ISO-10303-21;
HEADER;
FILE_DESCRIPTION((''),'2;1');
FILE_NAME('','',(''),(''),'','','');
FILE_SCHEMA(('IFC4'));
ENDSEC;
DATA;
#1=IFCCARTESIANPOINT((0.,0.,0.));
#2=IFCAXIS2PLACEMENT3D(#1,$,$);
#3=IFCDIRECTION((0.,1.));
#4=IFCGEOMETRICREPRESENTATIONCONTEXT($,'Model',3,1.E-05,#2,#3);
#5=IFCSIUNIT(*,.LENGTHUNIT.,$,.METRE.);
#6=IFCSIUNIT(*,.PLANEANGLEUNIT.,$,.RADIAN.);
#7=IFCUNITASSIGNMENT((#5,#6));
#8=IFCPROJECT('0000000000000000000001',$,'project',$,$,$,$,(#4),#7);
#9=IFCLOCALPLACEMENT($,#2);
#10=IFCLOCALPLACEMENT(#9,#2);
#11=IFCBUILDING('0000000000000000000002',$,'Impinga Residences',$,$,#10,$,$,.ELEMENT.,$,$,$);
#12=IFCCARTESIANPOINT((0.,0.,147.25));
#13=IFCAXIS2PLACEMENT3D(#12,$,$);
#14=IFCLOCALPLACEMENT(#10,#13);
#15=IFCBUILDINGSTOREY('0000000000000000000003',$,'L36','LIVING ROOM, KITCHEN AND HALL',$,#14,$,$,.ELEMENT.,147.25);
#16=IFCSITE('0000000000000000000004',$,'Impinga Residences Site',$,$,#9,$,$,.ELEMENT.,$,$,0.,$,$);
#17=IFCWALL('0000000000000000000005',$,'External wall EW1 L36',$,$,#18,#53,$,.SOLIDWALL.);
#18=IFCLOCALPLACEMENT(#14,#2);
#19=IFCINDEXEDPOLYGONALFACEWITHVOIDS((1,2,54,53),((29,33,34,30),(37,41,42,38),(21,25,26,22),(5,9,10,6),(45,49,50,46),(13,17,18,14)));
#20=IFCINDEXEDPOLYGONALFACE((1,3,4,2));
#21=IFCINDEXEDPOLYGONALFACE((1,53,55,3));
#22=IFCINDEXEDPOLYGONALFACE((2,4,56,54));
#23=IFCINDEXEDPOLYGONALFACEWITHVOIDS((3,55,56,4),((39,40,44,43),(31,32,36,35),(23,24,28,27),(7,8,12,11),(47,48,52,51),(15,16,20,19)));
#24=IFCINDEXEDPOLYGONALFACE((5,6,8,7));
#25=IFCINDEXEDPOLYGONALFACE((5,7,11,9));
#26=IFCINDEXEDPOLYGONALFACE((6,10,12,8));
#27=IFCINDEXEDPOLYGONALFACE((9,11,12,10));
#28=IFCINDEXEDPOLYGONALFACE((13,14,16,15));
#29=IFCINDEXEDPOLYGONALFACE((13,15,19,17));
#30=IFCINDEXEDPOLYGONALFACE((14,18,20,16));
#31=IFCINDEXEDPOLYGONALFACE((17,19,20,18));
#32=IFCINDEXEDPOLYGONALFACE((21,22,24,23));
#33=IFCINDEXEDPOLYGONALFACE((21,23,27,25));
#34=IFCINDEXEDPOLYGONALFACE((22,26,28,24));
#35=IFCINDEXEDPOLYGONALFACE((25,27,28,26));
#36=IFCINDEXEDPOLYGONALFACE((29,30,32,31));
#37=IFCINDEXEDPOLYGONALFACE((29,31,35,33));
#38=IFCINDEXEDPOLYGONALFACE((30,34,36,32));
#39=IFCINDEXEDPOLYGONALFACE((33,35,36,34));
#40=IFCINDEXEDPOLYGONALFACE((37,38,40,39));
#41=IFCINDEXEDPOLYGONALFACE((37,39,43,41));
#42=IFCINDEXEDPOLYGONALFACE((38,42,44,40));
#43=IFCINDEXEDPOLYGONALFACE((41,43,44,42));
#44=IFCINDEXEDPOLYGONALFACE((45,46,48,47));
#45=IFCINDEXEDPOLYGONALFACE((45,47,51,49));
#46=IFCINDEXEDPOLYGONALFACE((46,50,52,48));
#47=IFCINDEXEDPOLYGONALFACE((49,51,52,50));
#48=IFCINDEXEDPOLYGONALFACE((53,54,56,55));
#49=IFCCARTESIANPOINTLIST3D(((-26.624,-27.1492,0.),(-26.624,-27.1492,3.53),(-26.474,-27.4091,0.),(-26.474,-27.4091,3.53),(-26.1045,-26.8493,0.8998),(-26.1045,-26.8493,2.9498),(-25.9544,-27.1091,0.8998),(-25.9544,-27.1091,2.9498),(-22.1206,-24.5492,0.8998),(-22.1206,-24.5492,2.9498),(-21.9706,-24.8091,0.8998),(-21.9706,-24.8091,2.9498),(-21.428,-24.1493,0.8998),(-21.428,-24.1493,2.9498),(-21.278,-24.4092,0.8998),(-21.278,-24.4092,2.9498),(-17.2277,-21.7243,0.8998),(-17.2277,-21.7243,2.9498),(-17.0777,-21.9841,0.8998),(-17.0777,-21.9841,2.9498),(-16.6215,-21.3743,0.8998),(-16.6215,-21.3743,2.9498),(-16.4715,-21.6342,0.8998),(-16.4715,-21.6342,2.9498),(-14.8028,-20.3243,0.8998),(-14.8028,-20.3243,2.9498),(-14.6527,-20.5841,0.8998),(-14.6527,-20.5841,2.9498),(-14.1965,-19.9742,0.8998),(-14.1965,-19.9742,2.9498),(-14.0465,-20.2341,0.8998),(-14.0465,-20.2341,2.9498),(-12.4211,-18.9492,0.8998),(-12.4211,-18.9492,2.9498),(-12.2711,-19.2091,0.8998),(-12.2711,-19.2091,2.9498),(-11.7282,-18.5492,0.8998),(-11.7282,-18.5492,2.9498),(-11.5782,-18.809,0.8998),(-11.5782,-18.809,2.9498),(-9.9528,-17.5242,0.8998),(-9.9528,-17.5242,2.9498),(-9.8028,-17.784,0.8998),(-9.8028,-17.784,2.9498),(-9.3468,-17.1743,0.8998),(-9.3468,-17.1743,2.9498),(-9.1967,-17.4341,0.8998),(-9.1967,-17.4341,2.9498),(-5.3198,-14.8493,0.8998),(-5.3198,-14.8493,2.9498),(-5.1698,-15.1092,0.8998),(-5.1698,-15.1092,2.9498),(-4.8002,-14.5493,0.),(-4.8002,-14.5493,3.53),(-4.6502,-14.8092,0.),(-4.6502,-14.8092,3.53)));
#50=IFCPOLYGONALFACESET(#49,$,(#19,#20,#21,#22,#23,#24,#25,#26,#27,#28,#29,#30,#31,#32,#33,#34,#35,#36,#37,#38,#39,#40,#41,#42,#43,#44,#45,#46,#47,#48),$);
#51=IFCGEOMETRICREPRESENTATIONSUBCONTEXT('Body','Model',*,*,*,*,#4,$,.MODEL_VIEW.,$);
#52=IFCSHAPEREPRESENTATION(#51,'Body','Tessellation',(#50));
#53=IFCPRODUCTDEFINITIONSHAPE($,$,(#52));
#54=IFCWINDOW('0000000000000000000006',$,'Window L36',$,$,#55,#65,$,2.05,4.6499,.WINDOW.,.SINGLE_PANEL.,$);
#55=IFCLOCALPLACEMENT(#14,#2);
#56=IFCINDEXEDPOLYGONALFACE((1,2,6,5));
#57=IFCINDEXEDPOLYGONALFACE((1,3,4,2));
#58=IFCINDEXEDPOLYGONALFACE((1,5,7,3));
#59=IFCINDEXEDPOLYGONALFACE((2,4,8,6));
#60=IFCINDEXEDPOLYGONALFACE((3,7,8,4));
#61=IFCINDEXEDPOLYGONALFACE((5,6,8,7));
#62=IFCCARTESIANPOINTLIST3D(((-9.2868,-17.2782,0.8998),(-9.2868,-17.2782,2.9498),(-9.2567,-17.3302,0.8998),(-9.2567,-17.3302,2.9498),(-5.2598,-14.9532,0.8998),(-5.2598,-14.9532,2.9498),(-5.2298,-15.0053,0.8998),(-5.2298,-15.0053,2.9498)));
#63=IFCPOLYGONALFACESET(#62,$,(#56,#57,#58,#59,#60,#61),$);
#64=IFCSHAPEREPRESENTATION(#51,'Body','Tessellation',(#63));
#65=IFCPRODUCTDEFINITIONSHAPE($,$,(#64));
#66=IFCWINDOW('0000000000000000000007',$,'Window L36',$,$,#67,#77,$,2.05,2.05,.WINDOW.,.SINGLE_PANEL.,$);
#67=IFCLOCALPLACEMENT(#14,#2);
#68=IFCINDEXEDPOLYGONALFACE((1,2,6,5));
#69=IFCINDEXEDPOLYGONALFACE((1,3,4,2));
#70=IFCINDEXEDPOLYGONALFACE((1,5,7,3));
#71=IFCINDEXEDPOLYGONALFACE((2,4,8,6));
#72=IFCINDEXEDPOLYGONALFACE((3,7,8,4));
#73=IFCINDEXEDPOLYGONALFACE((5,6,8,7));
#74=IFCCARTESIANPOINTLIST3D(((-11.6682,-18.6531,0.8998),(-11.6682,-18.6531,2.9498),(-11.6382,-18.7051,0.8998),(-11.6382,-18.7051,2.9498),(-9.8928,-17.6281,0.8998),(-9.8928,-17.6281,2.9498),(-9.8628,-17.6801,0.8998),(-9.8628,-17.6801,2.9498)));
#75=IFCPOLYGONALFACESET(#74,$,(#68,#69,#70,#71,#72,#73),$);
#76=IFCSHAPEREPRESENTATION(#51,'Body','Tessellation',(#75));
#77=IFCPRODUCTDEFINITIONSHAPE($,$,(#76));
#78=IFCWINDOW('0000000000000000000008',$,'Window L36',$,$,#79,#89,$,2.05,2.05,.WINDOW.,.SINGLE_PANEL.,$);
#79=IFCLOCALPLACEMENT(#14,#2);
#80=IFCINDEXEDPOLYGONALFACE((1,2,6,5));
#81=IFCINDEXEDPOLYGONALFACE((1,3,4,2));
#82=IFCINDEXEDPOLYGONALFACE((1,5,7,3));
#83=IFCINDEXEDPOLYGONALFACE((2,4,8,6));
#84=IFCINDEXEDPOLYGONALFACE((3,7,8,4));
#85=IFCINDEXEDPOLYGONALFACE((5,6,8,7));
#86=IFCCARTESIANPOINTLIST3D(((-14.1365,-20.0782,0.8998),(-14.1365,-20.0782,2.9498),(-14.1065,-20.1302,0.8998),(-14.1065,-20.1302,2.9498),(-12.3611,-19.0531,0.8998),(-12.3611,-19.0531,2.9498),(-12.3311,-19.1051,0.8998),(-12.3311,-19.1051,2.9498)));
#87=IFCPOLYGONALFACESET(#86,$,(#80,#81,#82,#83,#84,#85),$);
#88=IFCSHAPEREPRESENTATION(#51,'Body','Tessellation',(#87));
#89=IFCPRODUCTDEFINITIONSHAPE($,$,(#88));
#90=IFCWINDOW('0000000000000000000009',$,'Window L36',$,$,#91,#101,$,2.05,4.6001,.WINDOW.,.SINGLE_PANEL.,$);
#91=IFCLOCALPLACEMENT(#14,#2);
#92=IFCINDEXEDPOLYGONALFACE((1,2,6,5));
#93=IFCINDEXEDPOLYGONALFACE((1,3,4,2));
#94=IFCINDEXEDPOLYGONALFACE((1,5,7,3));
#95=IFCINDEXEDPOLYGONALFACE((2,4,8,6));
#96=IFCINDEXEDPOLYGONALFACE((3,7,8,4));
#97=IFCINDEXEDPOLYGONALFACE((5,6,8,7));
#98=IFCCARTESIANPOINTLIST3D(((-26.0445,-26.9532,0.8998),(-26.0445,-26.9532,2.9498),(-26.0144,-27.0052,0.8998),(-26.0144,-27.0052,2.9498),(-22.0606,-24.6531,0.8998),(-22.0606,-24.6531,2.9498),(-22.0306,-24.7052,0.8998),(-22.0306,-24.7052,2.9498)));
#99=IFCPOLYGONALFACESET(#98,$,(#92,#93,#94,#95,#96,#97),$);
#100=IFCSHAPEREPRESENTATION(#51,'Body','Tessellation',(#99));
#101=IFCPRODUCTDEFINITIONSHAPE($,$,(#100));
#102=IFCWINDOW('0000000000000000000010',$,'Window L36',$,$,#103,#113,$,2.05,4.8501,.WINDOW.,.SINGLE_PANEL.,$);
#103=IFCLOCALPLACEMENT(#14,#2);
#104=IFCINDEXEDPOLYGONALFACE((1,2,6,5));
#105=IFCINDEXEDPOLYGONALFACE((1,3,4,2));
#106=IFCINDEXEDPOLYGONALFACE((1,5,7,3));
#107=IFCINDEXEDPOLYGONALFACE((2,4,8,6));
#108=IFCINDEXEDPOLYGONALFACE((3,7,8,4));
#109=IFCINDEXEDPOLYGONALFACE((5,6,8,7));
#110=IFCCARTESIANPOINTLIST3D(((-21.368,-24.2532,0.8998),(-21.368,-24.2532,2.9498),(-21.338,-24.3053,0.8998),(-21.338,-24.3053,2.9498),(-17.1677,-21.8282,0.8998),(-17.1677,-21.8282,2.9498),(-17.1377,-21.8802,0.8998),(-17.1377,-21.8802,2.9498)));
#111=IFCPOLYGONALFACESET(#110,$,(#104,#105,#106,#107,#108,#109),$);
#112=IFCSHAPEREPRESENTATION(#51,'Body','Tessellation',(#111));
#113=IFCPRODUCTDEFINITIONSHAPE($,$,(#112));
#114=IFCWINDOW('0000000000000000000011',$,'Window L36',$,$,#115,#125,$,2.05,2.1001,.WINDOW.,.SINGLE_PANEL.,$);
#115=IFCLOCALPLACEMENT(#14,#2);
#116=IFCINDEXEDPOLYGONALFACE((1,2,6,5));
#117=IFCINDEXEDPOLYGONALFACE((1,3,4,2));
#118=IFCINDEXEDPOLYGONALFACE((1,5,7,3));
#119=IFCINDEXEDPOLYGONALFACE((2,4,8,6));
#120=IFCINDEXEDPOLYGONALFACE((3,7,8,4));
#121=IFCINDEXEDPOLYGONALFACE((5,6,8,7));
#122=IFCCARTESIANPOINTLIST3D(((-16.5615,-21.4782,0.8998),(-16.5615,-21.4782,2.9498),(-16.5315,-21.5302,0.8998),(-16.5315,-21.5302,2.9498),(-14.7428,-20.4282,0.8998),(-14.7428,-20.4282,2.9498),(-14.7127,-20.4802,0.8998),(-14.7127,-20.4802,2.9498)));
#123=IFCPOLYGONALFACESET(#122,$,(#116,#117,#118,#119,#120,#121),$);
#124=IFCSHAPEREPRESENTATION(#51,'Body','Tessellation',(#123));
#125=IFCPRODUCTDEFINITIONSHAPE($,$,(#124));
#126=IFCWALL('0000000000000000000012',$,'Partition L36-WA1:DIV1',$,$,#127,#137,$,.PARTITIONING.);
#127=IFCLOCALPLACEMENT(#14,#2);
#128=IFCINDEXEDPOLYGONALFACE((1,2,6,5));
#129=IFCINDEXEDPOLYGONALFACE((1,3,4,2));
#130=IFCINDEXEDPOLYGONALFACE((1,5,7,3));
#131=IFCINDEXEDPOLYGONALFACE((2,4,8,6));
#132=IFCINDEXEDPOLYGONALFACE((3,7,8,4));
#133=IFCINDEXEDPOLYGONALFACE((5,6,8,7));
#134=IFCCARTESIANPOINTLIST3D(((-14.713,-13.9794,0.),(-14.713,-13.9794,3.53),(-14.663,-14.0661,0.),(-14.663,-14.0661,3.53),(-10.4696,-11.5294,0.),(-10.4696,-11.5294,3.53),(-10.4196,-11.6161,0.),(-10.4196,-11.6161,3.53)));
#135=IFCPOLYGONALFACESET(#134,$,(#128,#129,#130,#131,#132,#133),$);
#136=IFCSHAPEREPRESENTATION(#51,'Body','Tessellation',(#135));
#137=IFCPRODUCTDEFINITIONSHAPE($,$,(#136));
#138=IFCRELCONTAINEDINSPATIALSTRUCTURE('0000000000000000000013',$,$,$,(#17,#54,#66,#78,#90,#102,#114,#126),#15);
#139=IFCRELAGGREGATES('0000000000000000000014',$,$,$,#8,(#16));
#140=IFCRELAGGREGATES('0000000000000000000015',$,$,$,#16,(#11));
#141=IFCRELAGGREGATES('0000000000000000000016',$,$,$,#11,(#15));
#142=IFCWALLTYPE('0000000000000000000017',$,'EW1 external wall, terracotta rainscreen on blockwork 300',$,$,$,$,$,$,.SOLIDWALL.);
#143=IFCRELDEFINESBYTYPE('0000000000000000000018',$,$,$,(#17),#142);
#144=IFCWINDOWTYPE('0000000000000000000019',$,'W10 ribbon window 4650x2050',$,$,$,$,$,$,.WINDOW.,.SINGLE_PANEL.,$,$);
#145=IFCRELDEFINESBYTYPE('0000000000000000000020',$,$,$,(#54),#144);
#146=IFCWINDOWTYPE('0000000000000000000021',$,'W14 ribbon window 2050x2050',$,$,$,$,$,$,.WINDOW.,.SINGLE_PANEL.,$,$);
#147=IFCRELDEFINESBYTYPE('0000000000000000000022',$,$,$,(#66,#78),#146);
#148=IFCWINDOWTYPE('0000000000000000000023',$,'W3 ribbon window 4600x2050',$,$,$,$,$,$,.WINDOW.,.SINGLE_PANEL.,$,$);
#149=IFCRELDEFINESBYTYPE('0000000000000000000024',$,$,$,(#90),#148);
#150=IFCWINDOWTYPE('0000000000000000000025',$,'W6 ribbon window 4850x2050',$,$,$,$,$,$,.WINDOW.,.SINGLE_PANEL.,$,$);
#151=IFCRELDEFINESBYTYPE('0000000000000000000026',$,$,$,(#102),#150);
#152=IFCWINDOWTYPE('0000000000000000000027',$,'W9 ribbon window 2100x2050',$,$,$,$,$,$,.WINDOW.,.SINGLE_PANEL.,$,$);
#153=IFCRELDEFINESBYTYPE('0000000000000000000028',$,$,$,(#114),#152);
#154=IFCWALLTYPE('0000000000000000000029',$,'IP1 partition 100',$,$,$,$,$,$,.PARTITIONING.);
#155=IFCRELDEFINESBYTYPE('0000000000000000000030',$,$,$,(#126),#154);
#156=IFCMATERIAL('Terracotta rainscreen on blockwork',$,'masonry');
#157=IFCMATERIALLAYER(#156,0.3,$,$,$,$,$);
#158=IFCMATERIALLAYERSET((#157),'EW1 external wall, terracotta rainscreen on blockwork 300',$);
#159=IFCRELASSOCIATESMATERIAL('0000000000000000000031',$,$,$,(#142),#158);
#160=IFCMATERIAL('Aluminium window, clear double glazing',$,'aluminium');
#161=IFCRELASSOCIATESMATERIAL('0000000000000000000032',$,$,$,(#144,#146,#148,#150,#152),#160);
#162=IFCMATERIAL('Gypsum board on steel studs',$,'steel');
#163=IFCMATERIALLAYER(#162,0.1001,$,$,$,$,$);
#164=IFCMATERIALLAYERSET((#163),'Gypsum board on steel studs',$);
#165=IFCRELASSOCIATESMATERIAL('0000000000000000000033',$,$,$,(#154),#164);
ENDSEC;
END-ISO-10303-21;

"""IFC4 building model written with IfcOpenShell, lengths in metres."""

from ifc_helpers import new_model, si_unit, direction, frame, frame_2d, origin, place, context, subcontext, project, spatial, rectangle, extrude, material, layer, layer_set, type_object, element, fill, save


model = new_model("IFC4")

# Units and contexts
model_context = context("Model", 3, precision=1e-05, world=origin(), true_north=direction((0.0, 1.0)))
body_context = subcontext(model_context, "Body", "Model", "MODEL_VIEW")
ifc_project = project(units=[si_unit("LENGTHUNIT", "METRE"), si_unit("PLANEANGLEUNIT", "RADIAN")], contexts=[model_context])

# Site, building, storey
site_placement = place(None, origin())
site = spatial("IfcSite", under=ifc_project, at=site_placement, Name="Impinga Residences Site", CompositionType="ELEMENT", RefElevation=0.0)
building_placement = place(site_placement, origin())
building = spatial("IfcBuilding", under=site, at=building_placement, Name="Impinga Residences", CompositionType="ELEMENT")
storey_placement = place(building_placement, frame((0.0, 0.0, 147.25)))
storey = spatial("IfcBuildingStorey", under=building, at=storey_placement, Name="L36", Description="LIVING ROOM, KITCHEN AND HALL", CompositionType="ELEMENT", Elevation=147.25)

# Shared definitions
ifc_material_1 = material(Name="Terracotta rainscreen on blockwork", Category="masonry")
ifc_layer_1 = layer(ifc_material_1, 0.3)
ifc_layer_set_1 = layer_set([ifc_layer_1], Name="EW1 external wall, terracotta rainscreen on blockwork 300")
wall_type_1 = type_object("IfcWallType", Name="EW1 external wall, terracotta rainscreen on blockwork 300", PredefinedType="SOLIDWALL", material=ifc_layer_set_1)

# Wall, openings, windows
wall_1_placement = place(storey_placement, frame((-4.7251, -14.6792, 0.0), z_axis=(0.0, 0.0, 1.0), x_axis=(-0.866027, -0.499998, 0.0)))
wall_1 = element("IfcWall", 1, at=wall_1_placement, inside=storey, type_object=wall_type_1, Name="External wall EW1 L36", PredefinedType="SOLIDWALL", context=body_context, shape_type="SweptSolid", body=[
    extrude(rectangle(XDim=25.2, YDim=0.3, at=frame_2d((12.6001, 0.0))), origin(), (0.0, 0.0, 1.0), 3.53),
])
opening_1_placement = place(wall_1_placement, frame((0.6001, 0.0, 0.8999)))
opening_1 = element("IfcOpeningElement", 2, at=opening_1_placement, cuts=wall_1, PredefinedType="OPENING", context=body_context, shape_type="SweptSolid", body=[
    extrude(rectangle(XDim=4.6499, YDim=2.05, at=frame_2d((2.325, 1.0249))), frame((0.0, 0.1599, 0.0), z_axis=(0.0, -1.0, 0.0), x_axis=(1.0, 0.0, 0.0)), (0.0, 0.0, 1.0), 0.3201),
])
opening_2_placement = place(wall_1_placement, frame((5.95, 0.0, 0.8999)))
opening_2 = element("IfcOpeningElement", 3, at=opening_2_placement, cuts=wall_1, PredefinedType="OPENING", context=body_context, shape_type="SweptSolid", body=[
    extrude(rectangle(XDim=2.05, YDim=2.05, at=frame_2d((1.0249, 1.0249))), frame((0.0, 0.1599, 0.0), z_axis=(0.0, -1.0, 0.0), x_axis=(1.0, 0.0, 0.0)), (0.0, 0.0, 1.0), 0.3201),
])
opening_3_placement = place(wall_1_placement, frame((8.8, 0.0, 0.8999)))
opening_3 = element("IfcOpeningElement", 4, at=opening_3_placement, cuts=wall_1, PredefinedType="OPENING", context=body_context, shape_type="SweptSolid", body=[
    extrude(rectangle(XDim=2.05, YDim=2.05, at=frame_2d((1.0249, 1.0249))), frame((0.0, 0.1599, 0.0), z_axis=(0.0, -1.0, 0.0), x_axis=(1.0, 0.0, 0.0)), (0.0, 0.0, 1.0), 0.3201),
])
opening_4_placement = place(wall_1_placement, frame((11.55, 0.0, 0.8999)))
opening_4 = element("IfcOpeningElement", 5, at=opening_4_placement, cuts=wall_1, PredefinedType="OPENING", context=body_context, shape_type="SweptSolid", body=[
    extrude(rectangle(XDim=2.1001, YDim=2.05, at=frame_2d((1.05, 1.0249))), frame((0.0, 0.1599, 0.0), z_axis=(0.0, -1.0, 0.0), x_axis=(1.0, 0.0, 0.0)), (0.0, 0.0, 1.0), 0.3201),
])
opening_5_placement = place(wall_1_placement, frame((14.3501, 0.0, 0.8999)))
opening_5 = element("IfcOpeningElement", 6, at=opening_5_placement, cuts=wall_1, PredefinedType="OPENING", context=body_context, shape_type="SweptSolid", body=[
    extrude(rectangle(XDim=4.8501, YDim=2.05, at=frame_2d((2.425, 1.0249))), frame((0.0, 0.1599, 0.0), z_axis=(0.0, -1.0, 0.0), x_axis=(1.0, 0.0, 0.0)), (0.0, 0.0, 1.0), 0.3201),
])
opening_6_placement = place(wall_1_placement, frame((20.0, 0.0, 0.8999)))
opening_6 = element("IfcOpeningElement", 7, at=opening_6_placement, cuts=wall_1, PredefinedType="OPENING", context=body_context, shape_type="SweptSolid", body=[
    extrude(rectangle(XDim=4.6001, YDim=2.05, at=frame_2d((2.3, 1.0249))), frame((0.0, 0.1599, 0.0), z_axis=(0.0, -1.0, 0.0), x_axis=(1.0, 0.0, 0.0)), (0.0, 0.0, 1.0), 0.3201),
])
ifc_material_2 = material(Name="Aluminium window, clear double glazing", Category="aluminium")
window_type_1 = type_object("IfcWindowType", Name="W10 ribbon window 4650x2050", PartitioningType="SINGLE_PANEL", PredefinedType="WINDOW", material=ifc_material_2)
window_1_placement = place(opening_1_placement, origin())
window_1 = element("IfcWindow", 8, at=window_1_placement, inside=storey, type_object=window_type_1, Name="Window L36", OverallHeight=2.05, OverallWidth=4.6499, PartitioningType="SINGLE_PANEL", PredefinedType="WINDOW", context=body_context, shape_type="SweptSolid", body=[
    extrude(rectangle(XDim=4.6499, YDim=2.05, at=frame_2d((2.325, 1.0249))), frame((0.0, 0.03, 0.0), z_axis=(0.0, -1.0, 0.0), x_axis=(1.0, 0.0, 0.0)), (0.0, 0.0, 1.0), 0.0601),
])
fill(opening_1, window_1)
window_type_2 = type_object("IfcWindowType", Name="W14 ribbon window 2050x2050", PartitioningType="SINGLE_PANEL", PredefinedType="WINDOW", material=ifc_material_2)
window_2_placement = place(opening_2_placement, origin())
window_2 = element("IfcWindow", 9, at=window_2_placement, inside=storey, type_object=window_type_2, Name="Window L36", OverallHeight=2.05, OverallWidth=2.05, PartitioningType="SINGLE_PANEL", PredefinedType="WINDOW", context=body_context, shape_type="SweptSolid", body=[
    extrude(rectangle(XDim=2.05, YDim=2.05, at=frame_2d((1.0249, 1.0249))), frame((0.0, 0.03, 0.0), z_axis=(0.0, -1.0, 0.0), x_axis=(1.0, 0.0, 0.0)), (0.0, 0.0, 1.0), 0.0601),
])
fill(opening_2, window_2)
window_3_placement = place(opening_3_placement, origin())
window_3 = element("IfcWindow", 10, at=window_3_placement, inside=storey, type_object=window_type_2, Name="Window L36", OverallHeight=2.05, OverallWidth=2.05, PartitioningType="SINGLE_PANEL", PredefinedType="WINDOW", context=body_context, shape_type="SweptSolid", body=[
    extrude(rectangle(XDim=2.05, YDim=2.05, at=frame_2d((1.0249, 1.0249))), frame((0.0, 0.03, 0.0), z_axis=(0.0, -1.0, 0.0), x_axis=(1.0, 0.0, 0.0)), (0.0, 0.0, 1.0), 0.0601),
])
fill(opening_3, window_3)
window_type_3 = type_object("IfcWindowType", Name="W3 ribbon window 4600x2050", PartitioningType="SINGLE_PANEL", PredefinedType="WINDOW", material=ifc_material_2)
window_4_placement = place(opening_6_placement, origin())
window_4 = element("IfcWindow", 11, at=window_4_placement, inside=storey, type_object=window_type_3, Name="Window L36", OverallHeight=2.05, OverallWidth=4.6001, PartitioningType="SINGLE_PANEL", PredefinedType="WINDOW", context=body_context, shape_type="SweptSolid", body=[
    extrude(rectangle(XDim=4.6001, YDim=2.05, at=frame_2d((2.3, 1.0249))), frame((0.0, 0.03, 0.0), z_axis=(0.0, -1.0, 0.0), x_axis=(1.0, 0.0, 0.0)), (0.0, 0.0, 1.0), 0.0601),
])
fill(opening_6, window_4)
window_type_4 = type_object("IfcWindowType", Name="W6 ribbon window 4850x2050", PartitioningType="SINGLE_PANEL", PredefinedType="WINDOW", material=ifc_material_2)
window_5_placement = place(opening_5_placement, origin())
window_5 = element("IfcWindow", 12, at=window_5_placement, inside=storey, type_object=window_type_4, Name="Window L36", OverallHeight=2.05, OverallWidth=4.8501, PartitioningType="SINGLE_PANEL", PredefinedType="WINDOW", context=body_context, shape_type="SweptSolid", body=[
    extrude(rectangle(XDim=4.8501, YDim=2.05, at=frame_2d((2.425, 1.0249))), frame((0.0, 0.03, 0.0), z_axis=(0.0, -1.0, 0.0), x_axis=(1.0, 0.0, 0.0)), (0.0, 0.0, 1.0), 0.0601),
])
fill(opening_5, window_5)
window_type_5 = type_object("IfcWindowType", Name="W9 ribbon window 2100x2050", PartitioningType="SINGLE_PANEL", PredefinedType="WINDOW", material=ifc_material_2)
window_6_placement = place(opening_4_placement, origin())
window_6 = element("IfcWindow", 13, at=window_6_placement, inside=storey, type_object=window_type_5, Name="Window L36", OverallHeight=2.05, OverallWidth=2.1001, PartitioningType="SINGLE_PANEL", PredefinedType="WINDOW", context=body_context, shape_type="SweptSolid", body=[
    extrude(rectangle(XDim=2.1001, YDim=2.05, at=frame_2d((1.05, 1.0249))), frame((0.0, 0.03, 0.0), z_axis=(0.0, -1.0, 0.0), x_axis=(1.0, 0.0, 0.0)), (0.0, 0.0, 1.0), 0.0601),
])
fill(opening_4, window_6)

# Wall
ifc_material_3 = material(Name="Gypsum board on steel studs", Category="steel")
ifc_layer_2 = layer(ifc_material_3, 0.1001)
ifc_layer_set_2 = layer_set([ifc_layer_2], Name="Gypsum board on steel studs")
wall_type_2 = type_object("IfcWallType", Name="IP1 partition 100", PredefinedType="PARTITIONING", material=ifc_layer_set_2)
wall_2_placement = place(storey_placement, frame((-10.4446, -11.5728, 0.0), z_axis=(0.0, 0.0, 1.0), x_axis=(-0.866024, -0.500003, 0.0)))
element("IfcWall", 14, at=wall_2_placement, inside=storey, type_object=wall_type_2, Name="Partition L36-WA1:DIV1", PredefinedType="PARTITIONING", context=body_context, shape_type="SweptSolid", body=[
    extrude(rectangle(XDim=4.8999, YDim=0.1001, at=frame_2d((2.45, 0.0))), origin(), (0.0, 0.0, 1.0), 3.53),
])

save(model, "model.ifc")
